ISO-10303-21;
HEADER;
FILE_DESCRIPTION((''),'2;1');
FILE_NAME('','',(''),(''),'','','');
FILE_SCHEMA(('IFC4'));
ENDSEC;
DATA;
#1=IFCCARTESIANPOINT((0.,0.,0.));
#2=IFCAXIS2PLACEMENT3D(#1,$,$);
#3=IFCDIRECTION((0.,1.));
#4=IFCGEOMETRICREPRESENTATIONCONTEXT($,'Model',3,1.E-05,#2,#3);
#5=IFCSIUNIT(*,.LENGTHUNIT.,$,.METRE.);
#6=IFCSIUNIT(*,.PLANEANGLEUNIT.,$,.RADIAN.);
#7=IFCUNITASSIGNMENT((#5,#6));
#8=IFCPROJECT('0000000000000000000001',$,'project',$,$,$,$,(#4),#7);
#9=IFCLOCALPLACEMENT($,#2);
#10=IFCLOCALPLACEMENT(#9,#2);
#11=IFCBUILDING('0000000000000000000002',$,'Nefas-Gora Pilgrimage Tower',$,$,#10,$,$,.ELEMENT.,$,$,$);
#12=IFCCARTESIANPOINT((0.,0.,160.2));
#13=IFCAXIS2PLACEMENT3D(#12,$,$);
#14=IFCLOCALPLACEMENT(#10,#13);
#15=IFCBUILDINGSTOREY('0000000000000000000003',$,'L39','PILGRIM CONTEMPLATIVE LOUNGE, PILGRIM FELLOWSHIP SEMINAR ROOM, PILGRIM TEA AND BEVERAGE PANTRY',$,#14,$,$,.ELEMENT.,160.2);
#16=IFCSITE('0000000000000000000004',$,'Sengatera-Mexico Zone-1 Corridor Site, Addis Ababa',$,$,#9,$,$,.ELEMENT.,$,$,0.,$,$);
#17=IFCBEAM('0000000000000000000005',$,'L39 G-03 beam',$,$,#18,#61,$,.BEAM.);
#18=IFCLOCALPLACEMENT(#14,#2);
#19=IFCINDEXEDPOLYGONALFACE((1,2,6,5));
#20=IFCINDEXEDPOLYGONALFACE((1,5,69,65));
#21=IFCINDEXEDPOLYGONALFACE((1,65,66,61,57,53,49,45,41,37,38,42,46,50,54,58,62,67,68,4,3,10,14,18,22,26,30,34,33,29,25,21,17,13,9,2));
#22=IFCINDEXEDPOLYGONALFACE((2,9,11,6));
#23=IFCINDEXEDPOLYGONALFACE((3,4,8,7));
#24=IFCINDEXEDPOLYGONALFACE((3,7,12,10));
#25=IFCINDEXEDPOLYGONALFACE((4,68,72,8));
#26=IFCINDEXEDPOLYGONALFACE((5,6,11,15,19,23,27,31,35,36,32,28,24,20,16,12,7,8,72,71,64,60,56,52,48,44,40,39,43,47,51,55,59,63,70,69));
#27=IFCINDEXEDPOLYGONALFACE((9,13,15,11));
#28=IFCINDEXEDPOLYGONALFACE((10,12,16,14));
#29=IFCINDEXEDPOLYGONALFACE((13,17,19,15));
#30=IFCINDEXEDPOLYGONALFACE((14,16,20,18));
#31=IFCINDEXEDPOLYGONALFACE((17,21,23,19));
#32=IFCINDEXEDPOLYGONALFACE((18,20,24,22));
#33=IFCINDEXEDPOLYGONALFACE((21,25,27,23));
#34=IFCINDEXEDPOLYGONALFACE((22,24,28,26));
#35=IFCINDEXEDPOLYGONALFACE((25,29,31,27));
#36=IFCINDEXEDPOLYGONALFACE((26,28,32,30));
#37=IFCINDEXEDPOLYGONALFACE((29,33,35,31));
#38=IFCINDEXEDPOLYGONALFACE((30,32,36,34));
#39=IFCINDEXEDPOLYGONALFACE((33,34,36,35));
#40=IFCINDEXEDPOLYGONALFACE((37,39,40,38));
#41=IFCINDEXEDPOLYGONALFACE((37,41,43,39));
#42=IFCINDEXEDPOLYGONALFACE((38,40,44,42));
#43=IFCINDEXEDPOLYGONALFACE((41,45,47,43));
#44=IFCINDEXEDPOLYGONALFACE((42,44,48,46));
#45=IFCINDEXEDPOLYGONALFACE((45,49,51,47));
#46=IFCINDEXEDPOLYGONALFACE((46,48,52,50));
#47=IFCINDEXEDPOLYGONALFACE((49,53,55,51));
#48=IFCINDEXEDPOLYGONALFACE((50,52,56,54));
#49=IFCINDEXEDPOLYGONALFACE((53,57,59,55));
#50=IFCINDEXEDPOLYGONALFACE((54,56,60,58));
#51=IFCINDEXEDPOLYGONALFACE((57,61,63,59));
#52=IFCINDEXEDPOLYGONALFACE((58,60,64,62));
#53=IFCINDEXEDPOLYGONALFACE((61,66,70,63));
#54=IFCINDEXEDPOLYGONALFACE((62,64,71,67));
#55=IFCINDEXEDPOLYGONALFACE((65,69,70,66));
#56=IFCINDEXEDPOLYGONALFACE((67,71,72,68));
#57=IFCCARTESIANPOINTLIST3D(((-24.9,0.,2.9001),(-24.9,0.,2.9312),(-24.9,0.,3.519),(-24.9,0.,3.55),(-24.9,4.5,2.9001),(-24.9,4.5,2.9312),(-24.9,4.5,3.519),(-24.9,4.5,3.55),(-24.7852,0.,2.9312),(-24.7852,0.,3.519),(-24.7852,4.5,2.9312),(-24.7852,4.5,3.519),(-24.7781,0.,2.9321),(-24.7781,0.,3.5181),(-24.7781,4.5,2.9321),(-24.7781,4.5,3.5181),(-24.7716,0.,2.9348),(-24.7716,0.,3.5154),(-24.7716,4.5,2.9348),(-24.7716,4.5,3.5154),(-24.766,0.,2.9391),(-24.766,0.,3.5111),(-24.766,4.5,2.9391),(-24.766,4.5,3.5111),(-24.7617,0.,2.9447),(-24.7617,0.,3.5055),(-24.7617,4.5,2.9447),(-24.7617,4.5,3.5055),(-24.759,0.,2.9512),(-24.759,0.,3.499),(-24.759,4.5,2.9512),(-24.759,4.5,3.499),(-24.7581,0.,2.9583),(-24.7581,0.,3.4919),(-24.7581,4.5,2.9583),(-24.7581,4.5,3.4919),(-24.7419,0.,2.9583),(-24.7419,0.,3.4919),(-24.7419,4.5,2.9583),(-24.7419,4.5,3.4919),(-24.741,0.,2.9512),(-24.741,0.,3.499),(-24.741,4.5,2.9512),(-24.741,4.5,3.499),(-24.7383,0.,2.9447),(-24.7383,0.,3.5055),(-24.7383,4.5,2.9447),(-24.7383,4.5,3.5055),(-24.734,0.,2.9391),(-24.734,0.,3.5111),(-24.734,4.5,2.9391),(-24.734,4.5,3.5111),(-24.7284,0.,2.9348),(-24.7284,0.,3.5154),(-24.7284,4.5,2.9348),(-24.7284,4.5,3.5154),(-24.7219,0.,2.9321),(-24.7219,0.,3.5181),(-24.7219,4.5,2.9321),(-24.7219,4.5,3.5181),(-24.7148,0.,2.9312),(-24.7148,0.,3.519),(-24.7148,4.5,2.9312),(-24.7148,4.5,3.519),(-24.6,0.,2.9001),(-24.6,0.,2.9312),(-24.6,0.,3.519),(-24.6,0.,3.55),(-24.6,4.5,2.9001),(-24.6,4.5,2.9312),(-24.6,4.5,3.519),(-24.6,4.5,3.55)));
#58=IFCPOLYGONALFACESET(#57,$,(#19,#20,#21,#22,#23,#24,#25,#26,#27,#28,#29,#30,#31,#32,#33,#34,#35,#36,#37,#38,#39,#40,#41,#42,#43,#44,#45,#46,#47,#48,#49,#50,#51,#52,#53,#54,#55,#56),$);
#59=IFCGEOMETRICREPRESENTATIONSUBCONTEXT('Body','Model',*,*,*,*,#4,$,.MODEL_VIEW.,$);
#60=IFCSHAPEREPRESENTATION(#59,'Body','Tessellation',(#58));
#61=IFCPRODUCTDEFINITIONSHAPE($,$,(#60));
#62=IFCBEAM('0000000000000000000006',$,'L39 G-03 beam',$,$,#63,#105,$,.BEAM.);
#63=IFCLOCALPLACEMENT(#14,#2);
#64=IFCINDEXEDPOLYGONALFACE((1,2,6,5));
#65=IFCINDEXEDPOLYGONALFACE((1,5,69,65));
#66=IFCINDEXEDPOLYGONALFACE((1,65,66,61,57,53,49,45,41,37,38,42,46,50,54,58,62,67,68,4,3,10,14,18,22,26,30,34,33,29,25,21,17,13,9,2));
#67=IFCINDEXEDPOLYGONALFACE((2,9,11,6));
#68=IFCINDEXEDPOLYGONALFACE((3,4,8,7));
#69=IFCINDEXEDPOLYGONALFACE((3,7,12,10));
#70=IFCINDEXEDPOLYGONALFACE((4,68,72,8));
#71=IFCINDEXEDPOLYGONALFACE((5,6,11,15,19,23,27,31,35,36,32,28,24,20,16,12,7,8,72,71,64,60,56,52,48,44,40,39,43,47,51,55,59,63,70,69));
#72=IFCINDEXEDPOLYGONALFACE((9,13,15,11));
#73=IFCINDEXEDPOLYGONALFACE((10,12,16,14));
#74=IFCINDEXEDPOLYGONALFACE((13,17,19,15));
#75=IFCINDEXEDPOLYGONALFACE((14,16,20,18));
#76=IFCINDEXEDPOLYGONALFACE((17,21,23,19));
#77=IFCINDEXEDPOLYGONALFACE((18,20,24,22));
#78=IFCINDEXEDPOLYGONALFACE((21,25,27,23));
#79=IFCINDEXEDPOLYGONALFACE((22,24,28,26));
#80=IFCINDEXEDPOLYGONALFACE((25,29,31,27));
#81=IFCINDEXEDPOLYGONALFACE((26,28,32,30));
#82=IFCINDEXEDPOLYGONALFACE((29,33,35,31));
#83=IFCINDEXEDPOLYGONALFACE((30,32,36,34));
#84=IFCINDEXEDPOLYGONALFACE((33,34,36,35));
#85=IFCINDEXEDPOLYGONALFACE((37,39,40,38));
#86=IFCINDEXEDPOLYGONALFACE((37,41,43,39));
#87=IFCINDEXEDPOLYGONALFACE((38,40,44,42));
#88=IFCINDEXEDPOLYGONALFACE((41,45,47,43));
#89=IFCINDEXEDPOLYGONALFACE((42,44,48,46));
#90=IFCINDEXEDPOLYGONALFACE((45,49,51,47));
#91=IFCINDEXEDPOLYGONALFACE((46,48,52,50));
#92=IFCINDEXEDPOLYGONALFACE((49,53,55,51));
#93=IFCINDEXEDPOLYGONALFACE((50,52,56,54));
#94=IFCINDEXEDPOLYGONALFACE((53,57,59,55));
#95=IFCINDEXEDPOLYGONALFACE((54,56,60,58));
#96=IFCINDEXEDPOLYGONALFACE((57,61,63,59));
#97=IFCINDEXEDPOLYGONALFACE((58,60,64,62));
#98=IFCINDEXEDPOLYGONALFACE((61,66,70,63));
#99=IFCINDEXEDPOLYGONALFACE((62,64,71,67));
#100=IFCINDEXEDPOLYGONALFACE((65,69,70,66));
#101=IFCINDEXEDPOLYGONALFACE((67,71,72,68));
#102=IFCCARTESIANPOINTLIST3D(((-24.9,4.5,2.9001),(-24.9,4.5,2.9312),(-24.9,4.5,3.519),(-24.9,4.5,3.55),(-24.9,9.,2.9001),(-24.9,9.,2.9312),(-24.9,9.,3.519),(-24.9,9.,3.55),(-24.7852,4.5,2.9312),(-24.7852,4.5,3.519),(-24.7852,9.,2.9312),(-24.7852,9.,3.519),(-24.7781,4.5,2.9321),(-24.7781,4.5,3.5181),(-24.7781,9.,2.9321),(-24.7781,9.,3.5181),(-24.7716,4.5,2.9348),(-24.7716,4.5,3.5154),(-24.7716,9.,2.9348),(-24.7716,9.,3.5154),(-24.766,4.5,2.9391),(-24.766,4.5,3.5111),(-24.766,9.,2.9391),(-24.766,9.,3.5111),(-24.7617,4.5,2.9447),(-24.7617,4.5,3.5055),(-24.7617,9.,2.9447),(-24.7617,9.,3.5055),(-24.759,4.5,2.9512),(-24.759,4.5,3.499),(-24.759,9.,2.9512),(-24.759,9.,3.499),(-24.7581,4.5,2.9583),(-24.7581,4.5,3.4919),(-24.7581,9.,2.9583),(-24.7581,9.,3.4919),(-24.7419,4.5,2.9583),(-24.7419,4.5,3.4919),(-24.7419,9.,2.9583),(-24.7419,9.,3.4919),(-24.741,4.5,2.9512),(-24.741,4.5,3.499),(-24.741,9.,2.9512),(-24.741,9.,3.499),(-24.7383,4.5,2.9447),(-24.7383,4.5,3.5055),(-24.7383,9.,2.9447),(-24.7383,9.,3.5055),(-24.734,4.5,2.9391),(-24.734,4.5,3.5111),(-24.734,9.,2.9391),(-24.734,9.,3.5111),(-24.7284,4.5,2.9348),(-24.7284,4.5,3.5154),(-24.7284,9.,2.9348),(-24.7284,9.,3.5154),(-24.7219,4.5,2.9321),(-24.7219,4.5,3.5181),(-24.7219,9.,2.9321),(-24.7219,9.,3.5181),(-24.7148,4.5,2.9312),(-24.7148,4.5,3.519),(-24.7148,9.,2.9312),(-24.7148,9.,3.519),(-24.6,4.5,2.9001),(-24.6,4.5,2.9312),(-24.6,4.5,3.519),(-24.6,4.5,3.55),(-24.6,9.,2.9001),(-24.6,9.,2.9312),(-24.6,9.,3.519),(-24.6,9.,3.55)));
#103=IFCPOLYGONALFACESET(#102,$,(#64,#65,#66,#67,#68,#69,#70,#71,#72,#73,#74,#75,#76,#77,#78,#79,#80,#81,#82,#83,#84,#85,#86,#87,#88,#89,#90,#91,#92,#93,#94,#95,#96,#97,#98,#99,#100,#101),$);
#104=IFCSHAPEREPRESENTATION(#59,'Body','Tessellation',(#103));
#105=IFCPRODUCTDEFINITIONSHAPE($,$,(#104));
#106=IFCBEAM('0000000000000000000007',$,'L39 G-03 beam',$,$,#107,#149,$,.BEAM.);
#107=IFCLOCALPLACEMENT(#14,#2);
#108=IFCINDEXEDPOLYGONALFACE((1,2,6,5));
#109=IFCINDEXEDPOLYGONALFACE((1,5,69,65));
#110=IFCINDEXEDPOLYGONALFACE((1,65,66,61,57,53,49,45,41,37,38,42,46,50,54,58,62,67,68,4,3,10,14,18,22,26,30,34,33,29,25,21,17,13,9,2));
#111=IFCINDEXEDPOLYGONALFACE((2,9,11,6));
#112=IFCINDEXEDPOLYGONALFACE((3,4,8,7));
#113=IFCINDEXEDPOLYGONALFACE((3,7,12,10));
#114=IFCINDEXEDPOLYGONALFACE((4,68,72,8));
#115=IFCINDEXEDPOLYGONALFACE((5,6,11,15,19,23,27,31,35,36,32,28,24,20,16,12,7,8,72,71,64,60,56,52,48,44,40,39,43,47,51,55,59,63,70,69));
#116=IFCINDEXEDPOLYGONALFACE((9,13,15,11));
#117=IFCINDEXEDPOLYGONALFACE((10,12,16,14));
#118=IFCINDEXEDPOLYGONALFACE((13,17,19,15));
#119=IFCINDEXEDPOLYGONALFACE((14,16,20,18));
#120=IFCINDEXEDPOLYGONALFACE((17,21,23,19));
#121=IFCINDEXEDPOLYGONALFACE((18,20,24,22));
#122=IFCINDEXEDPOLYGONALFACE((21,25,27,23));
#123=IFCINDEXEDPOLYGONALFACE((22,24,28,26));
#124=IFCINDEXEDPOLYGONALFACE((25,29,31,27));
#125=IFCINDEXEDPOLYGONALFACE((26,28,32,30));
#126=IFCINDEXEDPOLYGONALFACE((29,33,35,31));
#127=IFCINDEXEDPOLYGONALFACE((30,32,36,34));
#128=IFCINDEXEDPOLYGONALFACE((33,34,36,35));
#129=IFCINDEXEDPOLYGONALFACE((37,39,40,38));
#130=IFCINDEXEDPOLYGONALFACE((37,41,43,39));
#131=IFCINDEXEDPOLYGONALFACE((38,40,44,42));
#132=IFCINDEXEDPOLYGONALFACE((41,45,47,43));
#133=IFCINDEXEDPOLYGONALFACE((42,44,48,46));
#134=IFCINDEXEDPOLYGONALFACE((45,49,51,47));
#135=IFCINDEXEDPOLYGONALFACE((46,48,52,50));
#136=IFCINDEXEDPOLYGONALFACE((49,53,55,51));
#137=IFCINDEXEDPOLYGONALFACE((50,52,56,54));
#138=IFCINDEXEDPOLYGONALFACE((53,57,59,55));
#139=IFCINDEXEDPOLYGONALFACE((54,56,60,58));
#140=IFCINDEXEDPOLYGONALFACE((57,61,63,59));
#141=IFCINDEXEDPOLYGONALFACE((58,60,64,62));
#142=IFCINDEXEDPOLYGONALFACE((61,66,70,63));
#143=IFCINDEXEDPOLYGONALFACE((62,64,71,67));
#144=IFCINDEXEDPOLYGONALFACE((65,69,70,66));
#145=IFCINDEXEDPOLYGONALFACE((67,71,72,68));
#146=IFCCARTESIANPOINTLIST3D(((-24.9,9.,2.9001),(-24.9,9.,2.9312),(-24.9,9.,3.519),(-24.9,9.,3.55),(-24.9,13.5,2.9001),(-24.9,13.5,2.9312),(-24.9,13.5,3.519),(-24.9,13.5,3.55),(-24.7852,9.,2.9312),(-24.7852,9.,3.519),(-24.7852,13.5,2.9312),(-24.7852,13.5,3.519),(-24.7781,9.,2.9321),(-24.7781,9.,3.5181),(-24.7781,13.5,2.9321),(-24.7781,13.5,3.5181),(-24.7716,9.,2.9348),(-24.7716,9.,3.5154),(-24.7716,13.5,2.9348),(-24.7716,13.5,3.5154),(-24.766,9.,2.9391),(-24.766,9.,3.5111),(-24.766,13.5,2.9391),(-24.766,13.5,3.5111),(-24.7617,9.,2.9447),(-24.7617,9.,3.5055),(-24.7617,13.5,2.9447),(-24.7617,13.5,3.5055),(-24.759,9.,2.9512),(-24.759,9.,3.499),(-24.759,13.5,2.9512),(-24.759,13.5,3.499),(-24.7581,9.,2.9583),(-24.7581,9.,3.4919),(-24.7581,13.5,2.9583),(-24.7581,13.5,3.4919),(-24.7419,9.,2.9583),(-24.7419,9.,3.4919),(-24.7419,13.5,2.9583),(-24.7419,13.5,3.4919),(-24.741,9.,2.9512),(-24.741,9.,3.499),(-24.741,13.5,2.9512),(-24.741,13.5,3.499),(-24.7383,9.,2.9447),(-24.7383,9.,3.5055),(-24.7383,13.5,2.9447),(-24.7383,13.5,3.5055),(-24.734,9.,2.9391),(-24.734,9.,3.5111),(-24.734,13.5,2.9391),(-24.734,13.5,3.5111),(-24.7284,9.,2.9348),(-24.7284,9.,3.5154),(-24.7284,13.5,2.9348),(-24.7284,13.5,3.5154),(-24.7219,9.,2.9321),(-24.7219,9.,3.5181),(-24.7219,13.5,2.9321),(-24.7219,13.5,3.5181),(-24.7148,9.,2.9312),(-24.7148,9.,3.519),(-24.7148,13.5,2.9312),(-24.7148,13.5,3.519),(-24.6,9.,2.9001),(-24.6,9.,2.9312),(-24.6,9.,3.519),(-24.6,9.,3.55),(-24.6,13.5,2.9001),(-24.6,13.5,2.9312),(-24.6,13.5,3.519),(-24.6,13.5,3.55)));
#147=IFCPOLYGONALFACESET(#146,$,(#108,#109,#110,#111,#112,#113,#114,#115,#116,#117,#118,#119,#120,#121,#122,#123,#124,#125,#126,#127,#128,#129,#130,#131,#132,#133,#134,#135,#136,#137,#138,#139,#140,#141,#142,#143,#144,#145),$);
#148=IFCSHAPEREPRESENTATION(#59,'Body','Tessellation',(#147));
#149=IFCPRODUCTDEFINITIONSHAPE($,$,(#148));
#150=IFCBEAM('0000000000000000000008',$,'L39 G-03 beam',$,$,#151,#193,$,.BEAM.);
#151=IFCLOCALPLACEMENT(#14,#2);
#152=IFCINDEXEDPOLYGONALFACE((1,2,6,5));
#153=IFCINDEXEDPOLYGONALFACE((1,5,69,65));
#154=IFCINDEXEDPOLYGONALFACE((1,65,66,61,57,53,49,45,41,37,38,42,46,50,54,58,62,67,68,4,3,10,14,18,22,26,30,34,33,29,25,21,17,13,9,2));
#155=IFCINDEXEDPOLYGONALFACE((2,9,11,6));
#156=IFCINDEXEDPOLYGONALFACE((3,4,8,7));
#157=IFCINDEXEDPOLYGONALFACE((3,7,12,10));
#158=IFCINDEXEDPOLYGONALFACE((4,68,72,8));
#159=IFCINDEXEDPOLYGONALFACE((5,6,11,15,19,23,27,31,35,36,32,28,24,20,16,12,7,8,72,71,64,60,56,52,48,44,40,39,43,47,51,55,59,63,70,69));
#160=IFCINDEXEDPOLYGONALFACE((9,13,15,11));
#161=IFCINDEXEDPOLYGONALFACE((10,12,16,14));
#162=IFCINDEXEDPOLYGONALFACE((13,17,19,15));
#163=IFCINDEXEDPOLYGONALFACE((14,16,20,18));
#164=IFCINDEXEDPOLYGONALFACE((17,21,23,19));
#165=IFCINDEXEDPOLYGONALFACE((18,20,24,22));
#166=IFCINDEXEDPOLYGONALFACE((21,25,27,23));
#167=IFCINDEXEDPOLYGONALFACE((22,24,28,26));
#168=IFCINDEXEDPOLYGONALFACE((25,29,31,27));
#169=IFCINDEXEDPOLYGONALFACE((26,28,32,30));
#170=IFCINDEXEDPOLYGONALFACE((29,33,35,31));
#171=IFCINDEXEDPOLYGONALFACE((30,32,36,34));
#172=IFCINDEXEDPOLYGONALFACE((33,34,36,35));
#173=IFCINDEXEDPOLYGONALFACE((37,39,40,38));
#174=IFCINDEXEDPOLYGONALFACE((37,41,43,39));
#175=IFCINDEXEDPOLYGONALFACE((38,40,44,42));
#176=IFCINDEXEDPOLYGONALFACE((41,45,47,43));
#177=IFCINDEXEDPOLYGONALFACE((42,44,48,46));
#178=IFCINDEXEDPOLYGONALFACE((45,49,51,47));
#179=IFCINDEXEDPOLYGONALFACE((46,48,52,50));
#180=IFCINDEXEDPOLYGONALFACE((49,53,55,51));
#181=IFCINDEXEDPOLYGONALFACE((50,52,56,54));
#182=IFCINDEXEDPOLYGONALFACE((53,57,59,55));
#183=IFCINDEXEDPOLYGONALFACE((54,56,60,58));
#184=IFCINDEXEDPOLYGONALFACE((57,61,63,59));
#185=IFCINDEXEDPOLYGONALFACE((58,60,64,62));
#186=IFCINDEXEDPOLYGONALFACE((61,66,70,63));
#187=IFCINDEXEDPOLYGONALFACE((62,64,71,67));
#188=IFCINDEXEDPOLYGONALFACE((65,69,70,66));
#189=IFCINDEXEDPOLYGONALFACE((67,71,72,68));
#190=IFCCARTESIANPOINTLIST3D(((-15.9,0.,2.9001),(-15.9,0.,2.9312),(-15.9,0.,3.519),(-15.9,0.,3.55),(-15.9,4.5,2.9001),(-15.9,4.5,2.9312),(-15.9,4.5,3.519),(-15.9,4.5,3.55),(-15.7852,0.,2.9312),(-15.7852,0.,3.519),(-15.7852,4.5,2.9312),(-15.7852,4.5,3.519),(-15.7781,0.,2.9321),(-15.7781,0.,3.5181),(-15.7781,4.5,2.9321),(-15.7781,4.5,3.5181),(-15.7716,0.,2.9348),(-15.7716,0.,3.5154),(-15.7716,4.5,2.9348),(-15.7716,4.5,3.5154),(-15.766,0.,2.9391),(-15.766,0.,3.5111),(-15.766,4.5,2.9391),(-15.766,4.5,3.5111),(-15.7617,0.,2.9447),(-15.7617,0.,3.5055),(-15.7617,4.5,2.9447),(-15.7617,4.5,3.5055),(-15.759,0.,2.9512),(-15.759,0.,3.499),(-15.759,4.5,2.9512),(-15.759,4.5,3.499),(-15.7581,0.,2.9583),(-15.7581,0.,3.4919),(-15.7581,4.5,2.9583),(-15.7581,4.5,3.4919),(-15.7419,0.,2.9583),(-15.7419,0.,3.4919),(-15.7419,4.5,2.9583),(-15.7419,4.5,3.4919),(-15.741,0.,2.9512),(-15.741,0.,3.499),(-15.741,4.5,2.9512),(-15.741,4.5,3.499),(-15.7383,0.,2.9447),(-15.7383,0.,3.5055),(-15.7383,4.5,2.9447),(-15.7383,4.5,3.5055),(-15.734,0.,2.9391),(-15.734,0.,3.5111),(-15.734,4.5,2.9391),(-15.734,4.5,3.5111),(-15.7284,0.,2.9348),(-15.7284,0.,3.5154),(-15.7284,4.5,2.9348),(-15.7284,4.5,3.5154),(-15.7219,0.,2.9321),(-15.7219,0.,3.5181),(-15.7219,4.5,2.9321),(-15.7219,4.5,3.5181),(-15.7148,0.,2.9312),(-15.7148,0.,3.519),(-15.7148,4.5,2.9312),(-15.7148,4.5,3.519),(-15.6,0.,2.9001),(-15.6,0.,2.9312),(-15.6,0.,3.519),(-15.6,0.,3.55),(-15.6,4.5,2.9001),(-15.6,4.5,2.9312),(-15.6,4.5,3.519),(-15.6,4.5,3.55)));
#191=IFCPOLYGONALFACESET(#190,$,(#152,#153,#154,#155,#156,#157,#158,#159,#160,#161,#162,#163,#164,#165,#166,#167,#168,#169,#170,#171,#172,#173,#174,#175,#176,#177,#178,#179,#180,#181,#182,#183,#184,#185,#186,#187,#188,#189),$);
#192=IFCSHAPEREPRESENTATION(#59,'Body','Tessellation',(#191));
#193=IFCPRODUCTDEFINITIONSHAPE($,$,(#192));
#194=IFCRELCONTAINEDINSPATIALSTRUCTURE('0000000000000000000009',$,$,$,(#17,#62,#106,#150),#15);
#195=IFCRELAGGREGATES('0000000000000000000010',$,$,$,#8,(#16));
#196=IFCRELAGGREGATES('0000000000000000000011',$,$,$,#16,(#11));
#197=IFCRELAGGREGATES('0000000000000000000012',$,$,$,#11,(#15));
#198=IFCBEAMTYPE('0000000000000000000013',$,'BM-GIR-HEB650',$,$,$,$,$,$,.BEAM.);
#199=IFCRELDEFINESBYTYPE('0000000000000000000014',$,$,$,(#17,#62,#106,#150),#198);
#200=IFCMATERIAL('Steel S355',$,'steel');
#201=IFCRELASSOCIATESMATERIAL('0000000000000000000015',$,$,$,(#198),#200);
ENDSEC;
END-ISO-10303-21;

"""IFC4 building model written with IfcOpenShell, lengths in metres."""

from ifc_helpers import new_model, si_unit, direction, frame, origin, origin_2d, place, context, subcontext, project, spatial, i_section, extrude, source, transform, mapped, material, material_profile, profile_set, type_object, element, save


model = new_model("IFC4")

# Units and contexts
model_context = context("Model", 3, precision=1e-05, world=origin(), true_north=direction((0.0, 1.0)))
body_context = subcontext(model_context, "Body", "Model", "MODEL_VIEW")
ifc_project = project(units=[si_unit("LENGTHUNIT", "METRE"), si_unit("PLANEANGLEUNIT", "RADIAN")], contexts=[model_context])

# Site, building, storey
site_placement = place(None, origin())
site = spatial("IfcSite", under=ifc_project, at=site_placement, Name="Sengatera-Mexico Zone-1 Corridor Site, Addis Ababa", CompositionType="ELEMENT", RefElevation=0.0)
building_placement = place(site_placement, origin())
building = spatial("IfcBuilding", under=site, at=building_placement, Name="Nefas-Gora Pilgrimage Tower", CompositionType="ELEMENT")
storey_placement = place(building_placement, frame((0.0, 0.0, 160.2)))
storey = spatial("IfcBuildingStorey", under=building, at=storey_placement, Name="L39", Description="PILGRIM CONTEMPLATIVE LOUNGE, PILGRIM FELLOWSHIP SEMINAR ROOM, PILGRIM TEA AND BEVERAGE PANTRY", CompositionType="ELEMENT", Elevation=160.2)

# Beams
ifc_material_1 = material(Name="Steel S355", Category="steel")
ifc_material_profile_1 = material_profile(ifc_material_1, i_section(OverallWidth=0.3, OverallDepth=0.6499, WebThickness=0.0161, FlangeThickness=0.031, FilletRadius=0.0271, at=origin_2d()), Name="HEB 650")
ifc_profile_set_1 = profile_set([ifc_material_profile_1], Name="Steel S355")
beam_type_1 = type_object("IfcBeamType", Name="BM-GIR-HEB650", PredefinedType="BEAM", material=ifc_profile_set_1)
shared_shape_1 = source(origin(), body_context, "Body", "SweptSolid", [
    extrude(i_section(OverallWidth=0.3, OverallDepth=0.6499, WebThickness=0.0161, FlangeThickness=0.031, FilletRadius=0.0271, at=origin_2d()), origin(), (0.0, 0.0, 1.0), 4.5),
])
for number, where, z_axis, x_axis, name in (
    (1, (-24.75, 0.0, 3.2251), (0.0, 1.0, 0.0), (-1.0, 0.0, 0.0), "L39 G-03 beam"),
    (2, (-24.75, 4.5, 3.2251), (0.0, 1.0, 0.0), (-1.0, 0.0, 0.0), "L39 G-03 beam"),
    (3, (-24.75, 9.0, 3.2251), (0.0, 1.0, 0.0), (-1.0, 0.0, 0.0), "L39 G-03 beam"),
    (4, (-15.75, 0.0, 3.2251), (0.0, 1.0, 0.0), (-1.0, 0.0, 0.0), "L39 G-03 beam"),
):
    element("IfcBeam", number, at=place(storey_placement, frame(where, z_axis=z_axis, x_axis=x_axis)), inside=storey, type_object=beam_type_1, Name=name, PredefinedType="BEAM", context=body_context, shape_type="MappedRepresentation", body=[
        mapped(shared_shape_1, transform((0.0, 0.0, 0.0), x_axis=(1.0, 0.0, 0.0), y_axis=(0.0, 1.0, 0.0), z_axis=(0.0, 0.0, 1.0), scale=1.0)),
    ])

save(model, "model.ifc")
